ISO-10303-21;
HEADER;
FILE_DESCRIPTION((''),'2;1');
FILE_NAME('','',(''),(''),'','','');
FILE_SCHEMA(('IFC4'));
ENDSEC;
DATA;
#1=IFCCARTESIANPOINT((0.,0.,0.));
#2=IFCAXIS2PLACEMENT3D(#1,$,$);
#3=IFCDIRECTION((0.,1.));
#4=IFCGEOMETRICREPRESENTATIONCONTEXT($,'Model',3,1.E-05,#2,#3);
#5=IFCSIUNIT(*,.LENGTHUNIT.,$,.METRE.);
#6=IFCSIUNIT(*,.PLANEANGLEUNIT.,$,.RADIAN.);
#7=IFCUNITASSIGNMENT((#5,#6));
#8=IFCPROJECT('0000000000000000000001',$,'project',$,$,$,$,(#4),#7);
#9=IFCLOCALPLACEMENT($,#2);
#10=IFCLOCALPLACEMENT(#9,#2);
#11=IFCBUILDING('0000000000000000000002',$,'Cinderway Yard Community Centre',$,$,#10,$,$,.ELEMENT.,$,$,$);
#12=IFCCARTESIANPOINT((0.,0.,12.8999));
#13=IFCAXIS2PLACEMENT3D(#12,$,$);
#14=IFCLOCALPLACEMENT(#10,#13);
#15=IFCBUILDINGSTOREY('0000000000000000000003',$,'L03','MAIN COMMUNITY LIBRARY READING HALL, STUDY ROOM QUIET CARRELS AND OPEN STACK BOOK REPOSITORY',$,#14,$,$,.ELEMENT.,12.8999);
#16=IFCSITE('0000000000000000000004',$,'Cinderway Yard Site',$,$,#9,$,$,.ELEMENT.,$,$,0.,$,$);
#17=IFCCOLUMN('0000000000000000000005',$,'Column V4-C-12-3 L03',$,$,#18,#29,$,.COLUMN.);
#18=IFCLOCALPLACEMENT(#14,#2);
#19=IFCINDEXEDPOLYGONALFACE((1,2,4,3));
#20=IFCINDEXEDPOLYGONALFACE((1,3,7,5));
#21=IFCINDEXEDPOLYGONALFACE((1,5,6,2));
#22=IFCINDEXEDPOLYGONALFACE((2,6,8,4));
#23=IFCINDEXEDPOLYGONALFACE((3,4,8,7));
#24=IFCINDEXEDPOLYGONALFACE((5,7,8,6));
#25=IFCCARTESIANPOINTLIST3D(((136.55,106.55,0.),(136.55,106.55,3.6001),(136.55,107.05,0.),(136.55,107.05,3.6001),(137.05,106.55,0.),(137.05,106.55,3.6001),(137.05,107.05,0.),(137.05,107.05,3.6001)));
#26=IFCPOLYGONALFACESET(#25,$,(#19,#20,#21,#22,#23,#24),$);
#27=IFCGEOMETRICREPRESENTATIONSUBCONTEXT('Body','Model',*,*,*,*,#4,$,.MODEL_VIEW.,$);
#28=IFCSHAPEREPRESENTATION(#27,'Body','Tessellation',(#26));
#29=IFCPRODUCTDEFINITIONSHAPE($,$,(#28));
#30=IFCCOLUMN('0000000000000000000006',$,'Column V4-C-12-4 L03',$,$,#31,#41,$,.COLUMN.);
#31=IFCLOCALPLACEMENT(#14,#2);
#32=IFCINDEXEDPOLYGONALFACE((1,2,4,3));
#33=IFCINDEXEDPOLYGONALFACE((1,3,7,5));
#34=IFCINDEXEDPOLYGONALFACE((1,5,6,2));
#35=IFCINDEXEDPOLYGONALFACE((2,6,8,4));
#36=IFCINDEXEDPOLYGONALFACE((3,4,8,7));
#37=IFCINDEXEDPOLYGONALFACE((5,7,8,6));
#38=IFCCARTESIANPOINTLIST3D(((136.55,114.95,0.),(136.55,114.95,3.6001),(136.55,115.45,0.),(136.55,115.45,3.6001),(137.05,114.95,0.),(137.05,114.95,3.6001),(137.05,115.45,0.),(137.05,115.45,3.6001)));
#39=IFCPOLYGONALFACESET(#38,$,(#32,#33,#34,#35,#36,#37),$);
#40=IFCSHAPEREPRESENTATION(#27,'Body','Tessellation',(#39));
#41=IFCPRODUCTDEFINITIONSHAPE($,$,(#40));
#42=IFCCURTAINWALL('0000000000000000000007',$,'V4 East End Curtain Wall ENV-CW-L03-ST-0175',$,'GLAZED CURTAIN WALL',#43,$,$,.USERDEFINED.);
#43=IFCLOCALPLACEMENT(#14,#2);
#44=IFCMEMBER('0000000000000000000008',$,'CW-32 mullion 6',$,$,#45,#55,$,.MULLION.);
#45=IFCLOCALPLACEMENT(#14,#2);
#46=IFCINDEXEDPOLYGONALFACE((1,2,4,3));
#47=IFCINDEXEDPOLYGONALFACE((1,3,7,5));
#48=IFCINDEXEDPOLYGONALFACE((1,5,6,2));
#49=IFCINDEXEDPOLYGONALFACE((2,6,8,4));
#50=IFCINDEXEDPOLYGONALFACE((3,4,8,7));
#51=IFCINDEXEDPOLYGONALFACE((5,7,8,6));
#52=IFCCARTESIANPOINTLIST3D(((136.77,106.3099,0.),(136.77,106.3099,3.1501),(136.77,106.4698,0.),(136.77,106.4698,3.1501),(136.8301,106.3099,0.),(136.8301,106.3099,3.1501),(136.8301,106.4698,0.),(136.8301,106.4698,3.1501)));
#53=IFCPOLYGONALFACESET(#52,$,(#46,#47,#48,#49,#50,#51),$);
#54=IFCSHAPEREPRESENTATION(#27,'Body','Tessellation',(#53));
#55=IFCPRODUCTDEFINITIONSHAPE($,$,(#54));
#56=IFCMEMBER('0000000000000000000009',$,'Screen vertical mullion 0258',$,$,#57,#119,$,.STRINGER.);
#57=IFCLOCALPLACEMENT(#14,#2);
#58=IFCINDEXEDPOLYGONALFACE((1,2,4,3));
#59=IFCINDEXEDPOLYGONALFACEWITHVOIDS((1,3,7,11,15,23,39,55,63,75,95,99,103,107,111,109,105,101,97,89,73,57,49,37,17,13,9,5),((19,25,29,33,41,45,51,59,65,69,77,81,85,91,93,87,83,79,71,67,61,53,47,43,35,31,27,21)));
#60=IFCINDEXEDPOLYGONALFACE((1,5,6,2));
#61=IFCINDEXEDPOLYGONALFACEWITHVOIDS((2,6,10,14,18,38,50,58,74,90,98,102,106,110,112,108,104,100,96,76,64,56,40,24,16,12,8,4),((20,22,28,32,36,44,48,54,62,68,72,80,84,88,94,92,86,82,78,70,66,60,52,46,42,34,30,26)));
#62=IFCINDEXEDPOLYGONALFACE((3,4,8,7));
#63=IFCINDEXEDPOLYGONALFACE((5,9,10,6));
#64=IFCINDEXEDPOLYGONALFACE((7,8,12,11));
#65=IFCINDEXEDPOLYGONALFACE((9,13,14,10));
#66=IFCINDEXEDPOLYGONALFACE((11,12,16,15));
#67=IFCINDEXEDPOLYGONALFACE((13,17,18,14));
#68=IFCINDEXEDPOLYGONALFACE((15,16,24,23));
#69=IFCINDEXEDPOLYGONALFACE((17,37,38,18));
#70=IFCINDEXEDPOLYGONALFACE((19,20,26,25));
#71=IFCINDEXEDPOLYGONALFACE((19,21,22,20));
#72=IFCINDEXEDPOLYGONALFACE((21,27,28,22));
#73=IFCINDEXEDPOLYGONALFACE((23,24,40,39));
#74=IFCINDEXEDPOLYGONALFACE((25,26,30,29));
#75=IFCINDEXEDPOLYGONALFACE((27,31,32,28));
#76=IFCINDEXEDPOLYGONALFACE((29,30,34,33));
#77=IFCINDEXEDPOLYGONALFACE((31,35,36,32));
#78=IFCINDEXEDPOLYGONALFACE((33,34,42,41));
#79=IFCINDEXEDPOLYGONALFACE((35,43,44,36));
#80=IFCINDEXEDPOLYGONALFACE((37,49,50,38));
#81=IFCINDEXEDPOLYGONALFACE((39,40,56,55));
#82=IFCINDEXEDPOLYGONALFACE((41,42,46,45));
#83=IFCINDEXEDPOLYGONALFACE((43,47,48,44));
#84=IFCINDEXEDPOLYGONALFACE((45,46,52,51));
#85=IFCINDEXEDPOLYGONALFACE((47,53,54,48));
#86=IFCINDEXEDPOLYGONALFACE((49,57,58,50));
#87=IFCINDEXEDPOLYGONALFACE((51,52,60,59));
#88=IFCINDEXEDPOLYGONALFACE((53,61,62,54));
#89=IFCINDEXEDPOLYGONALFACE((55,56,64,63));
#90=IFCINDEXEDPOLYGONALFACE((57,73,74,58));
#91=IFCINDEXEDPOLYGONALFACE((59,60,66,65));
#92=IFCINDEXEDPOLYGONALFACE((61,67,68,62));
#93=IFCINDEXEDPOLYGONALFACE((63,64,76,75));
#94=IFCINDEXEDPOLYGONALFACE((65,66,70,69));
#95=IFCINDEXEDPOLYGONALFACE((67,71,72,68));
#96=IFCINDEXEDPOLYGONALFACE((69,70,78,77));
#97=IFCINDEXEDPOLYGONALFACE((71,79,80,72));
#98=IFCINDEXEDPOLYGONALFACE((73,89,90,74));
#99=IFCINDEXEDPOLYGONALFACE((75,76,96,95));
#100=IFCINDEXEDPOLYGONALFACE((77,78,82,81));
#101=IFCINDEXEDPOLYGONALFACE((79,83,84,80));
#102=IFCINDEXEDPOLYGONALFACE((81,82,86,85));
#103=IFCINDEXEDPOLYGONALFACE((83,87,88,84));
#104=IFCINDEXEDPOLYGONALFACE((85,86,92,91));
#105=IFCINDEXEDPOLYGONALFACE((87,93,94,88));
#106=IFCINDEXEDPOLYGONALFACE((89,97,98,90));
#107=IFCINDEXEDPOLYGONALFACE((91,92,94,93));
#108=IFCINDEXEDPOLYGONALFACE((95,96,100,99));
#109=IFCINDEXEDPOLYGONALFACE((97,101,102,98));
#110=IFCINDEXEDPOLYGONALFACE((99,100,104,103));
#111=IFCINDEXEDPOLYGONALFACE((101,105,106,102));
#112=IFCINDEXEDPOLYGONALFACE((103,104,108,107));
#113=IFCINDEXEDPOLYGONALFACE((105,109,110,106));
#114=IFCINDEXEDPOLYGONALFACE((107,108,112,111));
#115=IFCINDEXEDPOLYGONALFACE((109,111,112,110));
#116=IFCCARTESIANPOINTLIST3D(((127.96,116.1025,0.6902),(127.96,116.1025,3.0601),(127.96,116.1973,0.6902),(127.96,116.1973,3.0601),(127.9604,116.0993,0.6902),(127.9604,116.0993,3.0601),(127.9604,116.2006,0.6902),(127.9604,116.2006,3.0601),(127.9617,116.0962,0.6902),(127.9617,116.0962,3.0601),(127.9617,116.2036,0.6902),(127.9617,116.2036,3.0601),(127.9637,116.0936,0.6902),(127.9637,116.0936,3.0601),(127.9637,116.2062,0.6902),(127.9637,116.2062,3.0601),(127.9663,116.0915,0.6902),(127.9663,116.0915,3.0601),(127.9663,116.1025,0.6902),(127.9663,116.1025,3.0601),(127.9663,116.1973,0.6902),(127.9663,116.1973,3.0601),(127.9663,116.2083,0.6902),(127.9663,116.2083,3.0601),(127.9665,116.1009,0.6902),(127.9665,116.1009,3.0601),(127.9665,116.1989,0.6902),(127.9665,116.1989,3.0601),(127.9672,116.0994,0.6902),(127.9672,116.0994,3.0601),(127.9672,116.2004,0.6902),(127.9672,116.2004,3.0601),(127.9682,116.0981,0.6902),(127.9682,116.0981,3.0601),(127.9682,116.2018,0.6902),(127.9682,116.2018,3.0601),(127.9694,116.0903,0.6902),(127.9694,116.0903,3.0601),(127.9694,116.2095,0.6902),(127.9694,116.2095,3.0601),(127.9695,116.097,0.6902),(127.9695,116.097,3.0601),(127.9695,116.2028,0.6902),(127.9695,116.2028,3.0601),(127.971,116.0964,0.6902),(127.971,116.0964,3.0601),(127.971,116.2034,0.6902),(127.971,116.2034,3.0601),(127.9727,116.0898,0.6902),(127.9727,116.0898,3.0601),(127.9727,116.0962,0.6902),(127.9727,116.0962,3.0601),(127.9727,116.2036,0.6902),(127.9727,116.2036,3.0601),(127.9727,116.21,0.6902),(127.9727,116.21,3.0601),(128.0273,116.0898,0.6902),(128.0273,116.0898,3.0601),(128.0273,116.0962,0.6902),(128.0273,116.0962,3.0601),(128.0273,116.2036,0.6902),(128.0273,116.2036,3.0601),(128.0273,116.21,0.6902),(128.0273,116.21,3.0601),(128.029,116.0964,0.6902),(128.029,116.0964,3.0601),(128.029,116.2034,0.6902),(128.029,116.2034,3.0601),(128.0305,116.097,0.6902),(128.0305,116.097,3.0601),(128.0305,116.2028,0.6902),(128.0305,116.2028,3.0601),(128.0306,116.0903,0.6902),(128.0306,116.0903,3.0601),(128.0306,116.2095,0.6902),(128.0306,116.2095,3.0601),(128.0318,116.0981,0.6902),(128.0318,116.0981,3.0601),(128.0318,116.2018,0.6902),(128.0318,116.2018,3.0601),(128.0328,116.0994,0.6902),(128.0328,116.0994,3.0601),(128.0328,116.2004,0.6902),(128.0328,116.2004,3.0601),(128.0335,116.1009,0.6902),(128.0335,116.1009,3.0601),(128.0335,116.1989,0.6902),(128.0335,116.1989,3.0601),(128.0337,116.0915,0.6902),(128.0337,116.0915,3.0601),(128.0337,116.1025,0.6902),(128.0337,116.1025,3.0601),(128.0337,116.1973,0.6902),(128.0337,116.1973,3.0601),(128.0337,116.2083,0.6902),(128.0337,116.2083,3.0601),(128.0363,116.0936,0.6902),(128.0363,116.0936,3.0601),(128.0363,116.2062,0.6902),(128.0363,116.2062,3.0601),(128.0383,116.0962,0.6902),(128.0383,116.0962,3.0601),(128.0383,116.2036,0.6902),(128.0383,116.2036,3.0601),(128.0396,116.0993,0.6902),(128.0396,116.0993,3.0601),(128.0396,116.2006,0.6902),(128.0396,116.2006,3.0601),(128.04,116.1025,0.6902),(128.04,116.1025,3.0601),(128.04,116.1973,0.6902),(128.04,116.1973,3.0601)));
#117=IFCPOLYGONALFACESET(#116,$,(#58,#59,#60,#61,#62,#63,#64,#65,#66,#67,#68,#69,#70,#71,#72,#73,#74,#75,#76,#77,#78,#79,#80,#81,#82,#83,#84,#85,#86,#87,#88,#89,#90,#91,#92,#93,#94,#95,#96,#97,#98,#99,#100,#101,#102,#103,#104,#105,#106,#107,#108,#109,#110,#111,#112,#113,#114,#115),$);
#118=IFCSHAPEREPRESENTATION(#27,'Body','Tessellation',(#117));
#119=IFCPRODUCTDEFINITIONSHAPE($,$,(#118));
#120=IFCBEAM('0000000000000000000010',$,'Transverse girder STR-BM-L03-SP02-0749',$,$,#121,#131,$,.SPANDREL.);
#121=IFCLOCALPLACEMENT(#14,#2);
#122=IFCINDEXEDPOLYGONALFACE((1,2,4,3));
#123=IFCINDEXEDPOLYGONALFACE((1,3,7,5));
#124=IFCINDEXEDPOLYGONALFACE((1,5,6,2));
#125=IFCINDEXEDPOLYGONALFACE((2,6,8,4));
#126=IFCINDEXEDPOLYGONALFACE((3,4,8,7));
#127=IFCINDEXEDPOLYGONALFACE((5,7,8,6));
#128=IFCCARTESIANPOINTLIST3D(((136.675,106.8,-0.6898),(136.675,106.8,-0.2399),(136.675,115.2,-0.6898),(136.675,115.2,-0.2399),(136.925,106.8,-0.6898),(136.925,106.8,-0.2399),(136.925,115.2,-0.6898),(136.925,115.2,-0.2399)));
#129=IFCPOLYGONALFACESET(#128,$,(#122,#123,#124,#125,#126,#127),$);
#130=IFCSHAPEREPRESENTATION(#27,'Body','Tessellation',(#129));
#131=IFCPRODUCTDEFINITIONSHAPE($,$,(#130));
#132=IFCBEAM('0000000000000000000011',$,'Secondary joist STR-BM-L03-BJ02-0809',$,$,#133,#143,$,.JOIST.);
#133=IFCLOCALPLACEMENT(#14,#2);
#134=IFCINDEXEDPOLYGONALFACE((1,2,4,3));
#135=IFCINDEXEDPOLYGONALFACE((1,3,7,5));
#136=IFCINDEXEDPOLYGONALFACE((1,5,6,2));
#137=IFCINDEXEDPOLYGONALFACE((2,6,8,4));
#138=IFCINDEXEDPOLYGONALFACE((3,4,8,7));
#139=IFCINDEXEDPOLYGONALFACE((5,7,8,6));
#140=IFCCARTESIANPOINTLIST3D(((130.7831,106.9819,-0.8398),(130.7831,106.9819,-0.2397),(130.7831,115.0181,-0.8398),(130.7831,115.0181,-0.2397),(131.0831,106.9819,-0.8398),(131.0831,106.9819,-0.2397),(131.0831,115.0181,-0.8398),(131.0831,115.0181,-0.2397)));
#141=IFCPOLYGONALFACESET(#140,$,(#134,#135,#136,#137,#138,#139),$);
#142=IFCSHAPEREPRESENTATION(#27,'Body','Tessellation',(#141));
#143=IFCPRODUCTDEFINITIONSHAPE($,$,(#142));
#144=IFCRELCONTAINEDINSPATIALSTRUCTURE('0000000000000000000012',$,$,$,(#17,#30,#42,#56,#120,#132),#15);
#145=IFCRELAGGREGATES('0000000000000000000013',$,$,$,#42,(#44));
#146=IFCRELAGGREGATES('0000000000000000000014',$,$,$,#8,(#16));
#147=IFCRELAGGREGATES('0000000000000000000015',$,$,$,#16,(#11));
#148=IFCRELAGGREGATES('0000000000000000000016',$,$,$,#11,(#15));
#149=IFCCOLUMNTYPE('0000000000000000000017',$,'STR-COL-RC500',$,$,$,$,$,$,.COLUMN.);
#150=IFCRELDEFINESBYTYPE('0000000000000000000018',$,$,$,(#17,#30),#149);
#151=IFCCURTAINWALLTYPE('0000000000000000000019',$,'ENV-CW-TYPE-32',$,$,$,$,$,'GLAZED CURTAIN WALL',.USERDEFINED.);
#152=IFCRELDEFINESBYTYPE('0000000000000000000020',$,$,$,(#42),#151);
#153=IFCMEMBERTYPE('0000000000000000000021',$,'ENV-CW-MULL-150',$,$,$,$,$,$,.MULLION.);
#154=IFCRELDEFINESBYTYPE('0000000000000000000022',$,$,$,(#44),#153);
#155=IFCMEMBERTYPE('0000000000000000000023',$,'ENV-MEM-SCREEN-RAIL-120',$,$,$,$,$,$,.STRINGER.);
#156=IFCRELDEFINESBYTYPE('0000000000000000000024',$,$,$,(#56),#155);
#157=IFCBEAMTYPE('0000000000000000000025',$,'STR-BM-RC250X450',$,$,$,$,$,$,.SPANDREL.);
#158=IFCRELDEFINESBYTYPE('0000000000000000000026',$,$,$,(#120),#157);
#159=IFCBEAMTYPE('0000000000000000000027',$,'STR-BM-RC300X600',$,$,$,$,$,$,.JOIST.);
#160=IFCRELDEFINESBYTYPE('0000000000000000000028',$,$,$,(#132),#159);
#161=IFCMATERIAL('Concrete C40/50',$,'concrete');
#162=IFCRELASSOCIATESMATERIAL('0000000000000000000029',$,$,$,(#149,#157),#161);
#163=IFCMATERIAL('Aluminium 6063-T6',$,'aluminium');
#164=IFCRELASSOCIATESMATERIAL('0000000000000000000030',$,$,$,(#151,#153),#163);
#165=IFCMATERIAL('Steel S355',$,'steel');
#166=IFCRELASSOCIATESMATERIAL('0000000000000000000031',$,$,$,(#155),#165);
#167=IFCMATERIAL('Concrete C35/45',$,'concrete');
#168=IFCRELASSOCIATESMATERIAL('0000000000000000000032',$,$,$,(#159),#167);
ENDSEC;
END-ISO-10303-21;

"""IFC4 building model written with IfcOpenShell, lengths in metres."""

from ifc_helpers import new_model, si_unit, direction, frame, origin, origin_2d, place, context, subcontext, project, spatial, rectangle, hollow_rectangle, extrude, material, material_profile, profile_set, type_object, element, aggregate, save


model = new_model("IFC4")

# Units and contexts
model_context = context("Model", 3, precision=1e-05, world=origin(), true_north=direction((0.0, 1.0)))
body_context = subcontext(model_context, "Body", "Model", "MODEL_VIEW")
ifc_project = project(units=[si_unit("LENGTHUNIT", "METRE"), si_unit("PLANEANGLEUNIT", "RADIAN")], contexts=[model_context])

# Site, building, storey
site_placement = place(None, origin())
site = spatial("IfcSite", under=ifc_project, at=site_placement, Name="Cinderway Yard Site", CompositionType="ELEMENT", RefElevation=0.0)
building_placement = place(site_placement, origin())
building = spatial("IfcBuilding", under=site, at=building_placement, Name="Cinderway Yard Community Centre", CompositionType="ELEMENT")
storey_placement = place(building_placement, frame((0.0, 0.0, 12.8999)))
storey = spatial("IfcBuildingStorey", under=building, at=storey_placement, Name="L03", Description="MAIN COMMUNITY LIBRARY READING HALL, STUDY ROOM QUIET CARRELS AND OPEN STACK BOOK REPOSITORY", CompositionType="ELEMENT", Elevation=12.8999)

# Columns
ifc_material_1 = material(Name="Concrete C40/50", Category="concrete")
ifc_material_profile_1 = material_profile(ifc_material_1, rectangle(XDim=0.5, YDim=0.5, at=origin_2d()), Name="Concrete C40/50")
ifc_profile_set_1 = profile_set([ifc_material_profile_1], Name="Concrete C40/50")
column_type = type_object("IfcColumnType", Name="STR-COL-RC500", PredefinedType="COLUMN", material=ifc_profile_set_1)
for number, where, z_axis, x_axis, name in (
    (1, (136.8, 106.8, 0.0), (0.0, 0.0, 1.0), (1.0, 0.0, 0.0), "Column V4-C-12-3 L03"),
    (2, (136.8, 115.2, 0.0), (0.0, 0.0, 1.0), (1.0, 0.0, 0.0), "Column V4-C-12-4 L03"),
):
    element("IfcColumn", number, at=place(storey_placement, frame(where, z_axis=z_axis, x_axis=x_axis)), inside=storey, type_object=column_type, Name=name, PredefinedType="COLUMN", context=body_context, shape_type="SweptSolid", body=[
        extrude(rectangle(XDim=0.5, YDim=0.5, at=origin_2d()), origin(), (0.0, 0.0, 1.0), 3.6001),
    ])

# Curtain wall, member
ifc_material_2 = material(Name="Aluminium 6063-T6", Category="aluminium")
curtain_wall_type = type_object("IfcCurtainWallType", Name="ENV-CW-TYPE-32", ElementType="GLAZED CURTAIN WALL", PredefinedType="USERDEFINED", material=ifc_material_2)
curtain_wall_placement = place(storey_placement, origin())
curtain_wall = element("IfcCurtainWall", 3, at=curtain_wall_placement, inside=storey, type_object=curtain_wall_type, Name="V4 East End Curtain Wall ENV-CW-L03-ST-0175", ObjectType="GLAZED CURTAIN WALL", PredefinedType="USERDEFINED")
ifc_material_profile_2 = material_profile(ifc_material_2, rectangle(XDim=0.0601, YDim=0.1599, at=origin_2d()), Name="Aluminium 6063-T6")
ifc_profile_set_2 = profile_set([ifc_material_profile_2], Name="Aluminium 6063-T6")
member_type_1 = type_object("IfcMemberType", Name="ENV-CW-MULL-150", PredefinedType="MULLION", material=ifc_profile_set_2)
member_1_placement = place(storey_placement, frame((136.8, 106.3899, 0.0), z_axis=(0.0, 0.0, 1.0), x_axis=(-1.0, 0.0, 0.0)))
member_1 = element("IfcMember", 4, at=member_1_placement, type_object=member_type_1, Name="CW-32 mullion 6", PredefinedType="MULLION", context=body_context, shape_type="SweptSolid", body=[
    extrude(rectangle(XDim=0.0601, YDim=0.1599, at=origin_2d()), origin(), (0.0, 0.0, 1.0), 3.1501),
])

# Member
ifc_material_3 = material(Name="Steel S355", Category="steel")
ifc_material_profile_3 = material_profile(ifc_material_3, hollow_rectangle(XDim=0.0801, YDim=0.1201, WallThickness=0.0063, InnerFilletRadius=0.0063, OuterFilletRadius=0.0127, at=origin_2d()), Name="Steel S355")
ifc_profile_set_3 = profile_set([ifc_material_profile_3], Name="Steel S355")
member_type_2 = type_object("IfcMemberType", Name="ENV-MEM-SCREEN-RAIL-120", PredefinedType="STRINGER", material=ifc_profile_set_3)
member_2_placement = place(storey_placement, frame((128.0, 116.1499, 0.6902), z_axis=(0.0, 0.0, 1.0), x_axis=(1.0, 0.0, 0.0)))
element("IfcMember", 5, at=member_2_placement, inside=storey, type_object=member_type_2, Name="Screen vertical mullion 0258", PredefinedType="STRINGER", context=body_context, shape_type="SweptSolid", body=[
    extrude(hollow_rectangle(XDim=0.0801, YDim=0.1201, WallThickness=0.0063, InnerFilletRadius=0.0063, OuterFilletRadius=0.0127, at=origin_2d()), origin(), (0.0, 0.0, 1.0), 2.3699),
])

# Beams
ifc_material_profile_4 = material_profile(ifc_material_1, rectangle(XDim=0.25, YDim=0.45, at=origin_2d()), Name="Concrete C40/50")
ifc_profile_set_4 = profile_set([ifc_material_profile_4], Name="Concrete C40/50")
beam_type_1 = type_object("IfcBeamType", Name="STR-BM-RC250X450", PredefinedType="SPANDREL", material=ifc_profile_set_4)
beam_1_placement = place(storey_placement, frame((136.8, 106.8, -0.4648), z_axis=(0.0, 1.0, 0.0), x_axis=(-1.0, 0.0, 0.0)))
element("IfcBeam", 6, at=beam_1_placement, inside=storey, type_object=beam_type_1, Name="Transverse girder STR-BM-L03-SP02-0749", PredefinedType="SPANDREL", context=body_context, shape_type="SweptSolid", body=[
    extrude(rectangle(XDim=0.25, YDim=0.45, at=origin_2d()), origin(), (0.0, 0.0, 1.0), 8.3999),
])
ifc_material_4 = material(Name="Concrete C35/45", Category="concrete")
ifc_material_profile_5 = material_profile(ifc_material_4, rectangle(XDim=0.3, YDim=0.6001, at=origin_2d()), Name="Concrete C35/45")
ifc_profile_set_5 = profile_set([ifc_material_profile_5], Name="Concrete C35/45")
beam_type_2 = type_object("IfcBeamType", Name="STR-BM-RC300X600", PredefinedType="JOIST", material=ifc_profile_set_5)
beam_2_placement = place(storey_placement, frame((130.9331, 106.9819, -0.5398), z_axis=(0.0, 1.0, 0.0), x_axis=(-1.0, 0.0, 0.0)))
element("IfcBeam", 7, at=beam_2_placement, inside=storey, type_object=beam_type_2, Name="Secondary joist STR-BM-L03-BJ02-0809", PredefinedType="JOIST", context=body_context, shape_type="SweptSolid", body=[
    extrude(rectangle(XDim=0.3, YDim=0.6001, at=origin_2d()), origin(), (0.0, 0.0, 1.0), 8.0361),
])

aggregate(curtain_wall, [member_1])

save(model, "model.ifc")
